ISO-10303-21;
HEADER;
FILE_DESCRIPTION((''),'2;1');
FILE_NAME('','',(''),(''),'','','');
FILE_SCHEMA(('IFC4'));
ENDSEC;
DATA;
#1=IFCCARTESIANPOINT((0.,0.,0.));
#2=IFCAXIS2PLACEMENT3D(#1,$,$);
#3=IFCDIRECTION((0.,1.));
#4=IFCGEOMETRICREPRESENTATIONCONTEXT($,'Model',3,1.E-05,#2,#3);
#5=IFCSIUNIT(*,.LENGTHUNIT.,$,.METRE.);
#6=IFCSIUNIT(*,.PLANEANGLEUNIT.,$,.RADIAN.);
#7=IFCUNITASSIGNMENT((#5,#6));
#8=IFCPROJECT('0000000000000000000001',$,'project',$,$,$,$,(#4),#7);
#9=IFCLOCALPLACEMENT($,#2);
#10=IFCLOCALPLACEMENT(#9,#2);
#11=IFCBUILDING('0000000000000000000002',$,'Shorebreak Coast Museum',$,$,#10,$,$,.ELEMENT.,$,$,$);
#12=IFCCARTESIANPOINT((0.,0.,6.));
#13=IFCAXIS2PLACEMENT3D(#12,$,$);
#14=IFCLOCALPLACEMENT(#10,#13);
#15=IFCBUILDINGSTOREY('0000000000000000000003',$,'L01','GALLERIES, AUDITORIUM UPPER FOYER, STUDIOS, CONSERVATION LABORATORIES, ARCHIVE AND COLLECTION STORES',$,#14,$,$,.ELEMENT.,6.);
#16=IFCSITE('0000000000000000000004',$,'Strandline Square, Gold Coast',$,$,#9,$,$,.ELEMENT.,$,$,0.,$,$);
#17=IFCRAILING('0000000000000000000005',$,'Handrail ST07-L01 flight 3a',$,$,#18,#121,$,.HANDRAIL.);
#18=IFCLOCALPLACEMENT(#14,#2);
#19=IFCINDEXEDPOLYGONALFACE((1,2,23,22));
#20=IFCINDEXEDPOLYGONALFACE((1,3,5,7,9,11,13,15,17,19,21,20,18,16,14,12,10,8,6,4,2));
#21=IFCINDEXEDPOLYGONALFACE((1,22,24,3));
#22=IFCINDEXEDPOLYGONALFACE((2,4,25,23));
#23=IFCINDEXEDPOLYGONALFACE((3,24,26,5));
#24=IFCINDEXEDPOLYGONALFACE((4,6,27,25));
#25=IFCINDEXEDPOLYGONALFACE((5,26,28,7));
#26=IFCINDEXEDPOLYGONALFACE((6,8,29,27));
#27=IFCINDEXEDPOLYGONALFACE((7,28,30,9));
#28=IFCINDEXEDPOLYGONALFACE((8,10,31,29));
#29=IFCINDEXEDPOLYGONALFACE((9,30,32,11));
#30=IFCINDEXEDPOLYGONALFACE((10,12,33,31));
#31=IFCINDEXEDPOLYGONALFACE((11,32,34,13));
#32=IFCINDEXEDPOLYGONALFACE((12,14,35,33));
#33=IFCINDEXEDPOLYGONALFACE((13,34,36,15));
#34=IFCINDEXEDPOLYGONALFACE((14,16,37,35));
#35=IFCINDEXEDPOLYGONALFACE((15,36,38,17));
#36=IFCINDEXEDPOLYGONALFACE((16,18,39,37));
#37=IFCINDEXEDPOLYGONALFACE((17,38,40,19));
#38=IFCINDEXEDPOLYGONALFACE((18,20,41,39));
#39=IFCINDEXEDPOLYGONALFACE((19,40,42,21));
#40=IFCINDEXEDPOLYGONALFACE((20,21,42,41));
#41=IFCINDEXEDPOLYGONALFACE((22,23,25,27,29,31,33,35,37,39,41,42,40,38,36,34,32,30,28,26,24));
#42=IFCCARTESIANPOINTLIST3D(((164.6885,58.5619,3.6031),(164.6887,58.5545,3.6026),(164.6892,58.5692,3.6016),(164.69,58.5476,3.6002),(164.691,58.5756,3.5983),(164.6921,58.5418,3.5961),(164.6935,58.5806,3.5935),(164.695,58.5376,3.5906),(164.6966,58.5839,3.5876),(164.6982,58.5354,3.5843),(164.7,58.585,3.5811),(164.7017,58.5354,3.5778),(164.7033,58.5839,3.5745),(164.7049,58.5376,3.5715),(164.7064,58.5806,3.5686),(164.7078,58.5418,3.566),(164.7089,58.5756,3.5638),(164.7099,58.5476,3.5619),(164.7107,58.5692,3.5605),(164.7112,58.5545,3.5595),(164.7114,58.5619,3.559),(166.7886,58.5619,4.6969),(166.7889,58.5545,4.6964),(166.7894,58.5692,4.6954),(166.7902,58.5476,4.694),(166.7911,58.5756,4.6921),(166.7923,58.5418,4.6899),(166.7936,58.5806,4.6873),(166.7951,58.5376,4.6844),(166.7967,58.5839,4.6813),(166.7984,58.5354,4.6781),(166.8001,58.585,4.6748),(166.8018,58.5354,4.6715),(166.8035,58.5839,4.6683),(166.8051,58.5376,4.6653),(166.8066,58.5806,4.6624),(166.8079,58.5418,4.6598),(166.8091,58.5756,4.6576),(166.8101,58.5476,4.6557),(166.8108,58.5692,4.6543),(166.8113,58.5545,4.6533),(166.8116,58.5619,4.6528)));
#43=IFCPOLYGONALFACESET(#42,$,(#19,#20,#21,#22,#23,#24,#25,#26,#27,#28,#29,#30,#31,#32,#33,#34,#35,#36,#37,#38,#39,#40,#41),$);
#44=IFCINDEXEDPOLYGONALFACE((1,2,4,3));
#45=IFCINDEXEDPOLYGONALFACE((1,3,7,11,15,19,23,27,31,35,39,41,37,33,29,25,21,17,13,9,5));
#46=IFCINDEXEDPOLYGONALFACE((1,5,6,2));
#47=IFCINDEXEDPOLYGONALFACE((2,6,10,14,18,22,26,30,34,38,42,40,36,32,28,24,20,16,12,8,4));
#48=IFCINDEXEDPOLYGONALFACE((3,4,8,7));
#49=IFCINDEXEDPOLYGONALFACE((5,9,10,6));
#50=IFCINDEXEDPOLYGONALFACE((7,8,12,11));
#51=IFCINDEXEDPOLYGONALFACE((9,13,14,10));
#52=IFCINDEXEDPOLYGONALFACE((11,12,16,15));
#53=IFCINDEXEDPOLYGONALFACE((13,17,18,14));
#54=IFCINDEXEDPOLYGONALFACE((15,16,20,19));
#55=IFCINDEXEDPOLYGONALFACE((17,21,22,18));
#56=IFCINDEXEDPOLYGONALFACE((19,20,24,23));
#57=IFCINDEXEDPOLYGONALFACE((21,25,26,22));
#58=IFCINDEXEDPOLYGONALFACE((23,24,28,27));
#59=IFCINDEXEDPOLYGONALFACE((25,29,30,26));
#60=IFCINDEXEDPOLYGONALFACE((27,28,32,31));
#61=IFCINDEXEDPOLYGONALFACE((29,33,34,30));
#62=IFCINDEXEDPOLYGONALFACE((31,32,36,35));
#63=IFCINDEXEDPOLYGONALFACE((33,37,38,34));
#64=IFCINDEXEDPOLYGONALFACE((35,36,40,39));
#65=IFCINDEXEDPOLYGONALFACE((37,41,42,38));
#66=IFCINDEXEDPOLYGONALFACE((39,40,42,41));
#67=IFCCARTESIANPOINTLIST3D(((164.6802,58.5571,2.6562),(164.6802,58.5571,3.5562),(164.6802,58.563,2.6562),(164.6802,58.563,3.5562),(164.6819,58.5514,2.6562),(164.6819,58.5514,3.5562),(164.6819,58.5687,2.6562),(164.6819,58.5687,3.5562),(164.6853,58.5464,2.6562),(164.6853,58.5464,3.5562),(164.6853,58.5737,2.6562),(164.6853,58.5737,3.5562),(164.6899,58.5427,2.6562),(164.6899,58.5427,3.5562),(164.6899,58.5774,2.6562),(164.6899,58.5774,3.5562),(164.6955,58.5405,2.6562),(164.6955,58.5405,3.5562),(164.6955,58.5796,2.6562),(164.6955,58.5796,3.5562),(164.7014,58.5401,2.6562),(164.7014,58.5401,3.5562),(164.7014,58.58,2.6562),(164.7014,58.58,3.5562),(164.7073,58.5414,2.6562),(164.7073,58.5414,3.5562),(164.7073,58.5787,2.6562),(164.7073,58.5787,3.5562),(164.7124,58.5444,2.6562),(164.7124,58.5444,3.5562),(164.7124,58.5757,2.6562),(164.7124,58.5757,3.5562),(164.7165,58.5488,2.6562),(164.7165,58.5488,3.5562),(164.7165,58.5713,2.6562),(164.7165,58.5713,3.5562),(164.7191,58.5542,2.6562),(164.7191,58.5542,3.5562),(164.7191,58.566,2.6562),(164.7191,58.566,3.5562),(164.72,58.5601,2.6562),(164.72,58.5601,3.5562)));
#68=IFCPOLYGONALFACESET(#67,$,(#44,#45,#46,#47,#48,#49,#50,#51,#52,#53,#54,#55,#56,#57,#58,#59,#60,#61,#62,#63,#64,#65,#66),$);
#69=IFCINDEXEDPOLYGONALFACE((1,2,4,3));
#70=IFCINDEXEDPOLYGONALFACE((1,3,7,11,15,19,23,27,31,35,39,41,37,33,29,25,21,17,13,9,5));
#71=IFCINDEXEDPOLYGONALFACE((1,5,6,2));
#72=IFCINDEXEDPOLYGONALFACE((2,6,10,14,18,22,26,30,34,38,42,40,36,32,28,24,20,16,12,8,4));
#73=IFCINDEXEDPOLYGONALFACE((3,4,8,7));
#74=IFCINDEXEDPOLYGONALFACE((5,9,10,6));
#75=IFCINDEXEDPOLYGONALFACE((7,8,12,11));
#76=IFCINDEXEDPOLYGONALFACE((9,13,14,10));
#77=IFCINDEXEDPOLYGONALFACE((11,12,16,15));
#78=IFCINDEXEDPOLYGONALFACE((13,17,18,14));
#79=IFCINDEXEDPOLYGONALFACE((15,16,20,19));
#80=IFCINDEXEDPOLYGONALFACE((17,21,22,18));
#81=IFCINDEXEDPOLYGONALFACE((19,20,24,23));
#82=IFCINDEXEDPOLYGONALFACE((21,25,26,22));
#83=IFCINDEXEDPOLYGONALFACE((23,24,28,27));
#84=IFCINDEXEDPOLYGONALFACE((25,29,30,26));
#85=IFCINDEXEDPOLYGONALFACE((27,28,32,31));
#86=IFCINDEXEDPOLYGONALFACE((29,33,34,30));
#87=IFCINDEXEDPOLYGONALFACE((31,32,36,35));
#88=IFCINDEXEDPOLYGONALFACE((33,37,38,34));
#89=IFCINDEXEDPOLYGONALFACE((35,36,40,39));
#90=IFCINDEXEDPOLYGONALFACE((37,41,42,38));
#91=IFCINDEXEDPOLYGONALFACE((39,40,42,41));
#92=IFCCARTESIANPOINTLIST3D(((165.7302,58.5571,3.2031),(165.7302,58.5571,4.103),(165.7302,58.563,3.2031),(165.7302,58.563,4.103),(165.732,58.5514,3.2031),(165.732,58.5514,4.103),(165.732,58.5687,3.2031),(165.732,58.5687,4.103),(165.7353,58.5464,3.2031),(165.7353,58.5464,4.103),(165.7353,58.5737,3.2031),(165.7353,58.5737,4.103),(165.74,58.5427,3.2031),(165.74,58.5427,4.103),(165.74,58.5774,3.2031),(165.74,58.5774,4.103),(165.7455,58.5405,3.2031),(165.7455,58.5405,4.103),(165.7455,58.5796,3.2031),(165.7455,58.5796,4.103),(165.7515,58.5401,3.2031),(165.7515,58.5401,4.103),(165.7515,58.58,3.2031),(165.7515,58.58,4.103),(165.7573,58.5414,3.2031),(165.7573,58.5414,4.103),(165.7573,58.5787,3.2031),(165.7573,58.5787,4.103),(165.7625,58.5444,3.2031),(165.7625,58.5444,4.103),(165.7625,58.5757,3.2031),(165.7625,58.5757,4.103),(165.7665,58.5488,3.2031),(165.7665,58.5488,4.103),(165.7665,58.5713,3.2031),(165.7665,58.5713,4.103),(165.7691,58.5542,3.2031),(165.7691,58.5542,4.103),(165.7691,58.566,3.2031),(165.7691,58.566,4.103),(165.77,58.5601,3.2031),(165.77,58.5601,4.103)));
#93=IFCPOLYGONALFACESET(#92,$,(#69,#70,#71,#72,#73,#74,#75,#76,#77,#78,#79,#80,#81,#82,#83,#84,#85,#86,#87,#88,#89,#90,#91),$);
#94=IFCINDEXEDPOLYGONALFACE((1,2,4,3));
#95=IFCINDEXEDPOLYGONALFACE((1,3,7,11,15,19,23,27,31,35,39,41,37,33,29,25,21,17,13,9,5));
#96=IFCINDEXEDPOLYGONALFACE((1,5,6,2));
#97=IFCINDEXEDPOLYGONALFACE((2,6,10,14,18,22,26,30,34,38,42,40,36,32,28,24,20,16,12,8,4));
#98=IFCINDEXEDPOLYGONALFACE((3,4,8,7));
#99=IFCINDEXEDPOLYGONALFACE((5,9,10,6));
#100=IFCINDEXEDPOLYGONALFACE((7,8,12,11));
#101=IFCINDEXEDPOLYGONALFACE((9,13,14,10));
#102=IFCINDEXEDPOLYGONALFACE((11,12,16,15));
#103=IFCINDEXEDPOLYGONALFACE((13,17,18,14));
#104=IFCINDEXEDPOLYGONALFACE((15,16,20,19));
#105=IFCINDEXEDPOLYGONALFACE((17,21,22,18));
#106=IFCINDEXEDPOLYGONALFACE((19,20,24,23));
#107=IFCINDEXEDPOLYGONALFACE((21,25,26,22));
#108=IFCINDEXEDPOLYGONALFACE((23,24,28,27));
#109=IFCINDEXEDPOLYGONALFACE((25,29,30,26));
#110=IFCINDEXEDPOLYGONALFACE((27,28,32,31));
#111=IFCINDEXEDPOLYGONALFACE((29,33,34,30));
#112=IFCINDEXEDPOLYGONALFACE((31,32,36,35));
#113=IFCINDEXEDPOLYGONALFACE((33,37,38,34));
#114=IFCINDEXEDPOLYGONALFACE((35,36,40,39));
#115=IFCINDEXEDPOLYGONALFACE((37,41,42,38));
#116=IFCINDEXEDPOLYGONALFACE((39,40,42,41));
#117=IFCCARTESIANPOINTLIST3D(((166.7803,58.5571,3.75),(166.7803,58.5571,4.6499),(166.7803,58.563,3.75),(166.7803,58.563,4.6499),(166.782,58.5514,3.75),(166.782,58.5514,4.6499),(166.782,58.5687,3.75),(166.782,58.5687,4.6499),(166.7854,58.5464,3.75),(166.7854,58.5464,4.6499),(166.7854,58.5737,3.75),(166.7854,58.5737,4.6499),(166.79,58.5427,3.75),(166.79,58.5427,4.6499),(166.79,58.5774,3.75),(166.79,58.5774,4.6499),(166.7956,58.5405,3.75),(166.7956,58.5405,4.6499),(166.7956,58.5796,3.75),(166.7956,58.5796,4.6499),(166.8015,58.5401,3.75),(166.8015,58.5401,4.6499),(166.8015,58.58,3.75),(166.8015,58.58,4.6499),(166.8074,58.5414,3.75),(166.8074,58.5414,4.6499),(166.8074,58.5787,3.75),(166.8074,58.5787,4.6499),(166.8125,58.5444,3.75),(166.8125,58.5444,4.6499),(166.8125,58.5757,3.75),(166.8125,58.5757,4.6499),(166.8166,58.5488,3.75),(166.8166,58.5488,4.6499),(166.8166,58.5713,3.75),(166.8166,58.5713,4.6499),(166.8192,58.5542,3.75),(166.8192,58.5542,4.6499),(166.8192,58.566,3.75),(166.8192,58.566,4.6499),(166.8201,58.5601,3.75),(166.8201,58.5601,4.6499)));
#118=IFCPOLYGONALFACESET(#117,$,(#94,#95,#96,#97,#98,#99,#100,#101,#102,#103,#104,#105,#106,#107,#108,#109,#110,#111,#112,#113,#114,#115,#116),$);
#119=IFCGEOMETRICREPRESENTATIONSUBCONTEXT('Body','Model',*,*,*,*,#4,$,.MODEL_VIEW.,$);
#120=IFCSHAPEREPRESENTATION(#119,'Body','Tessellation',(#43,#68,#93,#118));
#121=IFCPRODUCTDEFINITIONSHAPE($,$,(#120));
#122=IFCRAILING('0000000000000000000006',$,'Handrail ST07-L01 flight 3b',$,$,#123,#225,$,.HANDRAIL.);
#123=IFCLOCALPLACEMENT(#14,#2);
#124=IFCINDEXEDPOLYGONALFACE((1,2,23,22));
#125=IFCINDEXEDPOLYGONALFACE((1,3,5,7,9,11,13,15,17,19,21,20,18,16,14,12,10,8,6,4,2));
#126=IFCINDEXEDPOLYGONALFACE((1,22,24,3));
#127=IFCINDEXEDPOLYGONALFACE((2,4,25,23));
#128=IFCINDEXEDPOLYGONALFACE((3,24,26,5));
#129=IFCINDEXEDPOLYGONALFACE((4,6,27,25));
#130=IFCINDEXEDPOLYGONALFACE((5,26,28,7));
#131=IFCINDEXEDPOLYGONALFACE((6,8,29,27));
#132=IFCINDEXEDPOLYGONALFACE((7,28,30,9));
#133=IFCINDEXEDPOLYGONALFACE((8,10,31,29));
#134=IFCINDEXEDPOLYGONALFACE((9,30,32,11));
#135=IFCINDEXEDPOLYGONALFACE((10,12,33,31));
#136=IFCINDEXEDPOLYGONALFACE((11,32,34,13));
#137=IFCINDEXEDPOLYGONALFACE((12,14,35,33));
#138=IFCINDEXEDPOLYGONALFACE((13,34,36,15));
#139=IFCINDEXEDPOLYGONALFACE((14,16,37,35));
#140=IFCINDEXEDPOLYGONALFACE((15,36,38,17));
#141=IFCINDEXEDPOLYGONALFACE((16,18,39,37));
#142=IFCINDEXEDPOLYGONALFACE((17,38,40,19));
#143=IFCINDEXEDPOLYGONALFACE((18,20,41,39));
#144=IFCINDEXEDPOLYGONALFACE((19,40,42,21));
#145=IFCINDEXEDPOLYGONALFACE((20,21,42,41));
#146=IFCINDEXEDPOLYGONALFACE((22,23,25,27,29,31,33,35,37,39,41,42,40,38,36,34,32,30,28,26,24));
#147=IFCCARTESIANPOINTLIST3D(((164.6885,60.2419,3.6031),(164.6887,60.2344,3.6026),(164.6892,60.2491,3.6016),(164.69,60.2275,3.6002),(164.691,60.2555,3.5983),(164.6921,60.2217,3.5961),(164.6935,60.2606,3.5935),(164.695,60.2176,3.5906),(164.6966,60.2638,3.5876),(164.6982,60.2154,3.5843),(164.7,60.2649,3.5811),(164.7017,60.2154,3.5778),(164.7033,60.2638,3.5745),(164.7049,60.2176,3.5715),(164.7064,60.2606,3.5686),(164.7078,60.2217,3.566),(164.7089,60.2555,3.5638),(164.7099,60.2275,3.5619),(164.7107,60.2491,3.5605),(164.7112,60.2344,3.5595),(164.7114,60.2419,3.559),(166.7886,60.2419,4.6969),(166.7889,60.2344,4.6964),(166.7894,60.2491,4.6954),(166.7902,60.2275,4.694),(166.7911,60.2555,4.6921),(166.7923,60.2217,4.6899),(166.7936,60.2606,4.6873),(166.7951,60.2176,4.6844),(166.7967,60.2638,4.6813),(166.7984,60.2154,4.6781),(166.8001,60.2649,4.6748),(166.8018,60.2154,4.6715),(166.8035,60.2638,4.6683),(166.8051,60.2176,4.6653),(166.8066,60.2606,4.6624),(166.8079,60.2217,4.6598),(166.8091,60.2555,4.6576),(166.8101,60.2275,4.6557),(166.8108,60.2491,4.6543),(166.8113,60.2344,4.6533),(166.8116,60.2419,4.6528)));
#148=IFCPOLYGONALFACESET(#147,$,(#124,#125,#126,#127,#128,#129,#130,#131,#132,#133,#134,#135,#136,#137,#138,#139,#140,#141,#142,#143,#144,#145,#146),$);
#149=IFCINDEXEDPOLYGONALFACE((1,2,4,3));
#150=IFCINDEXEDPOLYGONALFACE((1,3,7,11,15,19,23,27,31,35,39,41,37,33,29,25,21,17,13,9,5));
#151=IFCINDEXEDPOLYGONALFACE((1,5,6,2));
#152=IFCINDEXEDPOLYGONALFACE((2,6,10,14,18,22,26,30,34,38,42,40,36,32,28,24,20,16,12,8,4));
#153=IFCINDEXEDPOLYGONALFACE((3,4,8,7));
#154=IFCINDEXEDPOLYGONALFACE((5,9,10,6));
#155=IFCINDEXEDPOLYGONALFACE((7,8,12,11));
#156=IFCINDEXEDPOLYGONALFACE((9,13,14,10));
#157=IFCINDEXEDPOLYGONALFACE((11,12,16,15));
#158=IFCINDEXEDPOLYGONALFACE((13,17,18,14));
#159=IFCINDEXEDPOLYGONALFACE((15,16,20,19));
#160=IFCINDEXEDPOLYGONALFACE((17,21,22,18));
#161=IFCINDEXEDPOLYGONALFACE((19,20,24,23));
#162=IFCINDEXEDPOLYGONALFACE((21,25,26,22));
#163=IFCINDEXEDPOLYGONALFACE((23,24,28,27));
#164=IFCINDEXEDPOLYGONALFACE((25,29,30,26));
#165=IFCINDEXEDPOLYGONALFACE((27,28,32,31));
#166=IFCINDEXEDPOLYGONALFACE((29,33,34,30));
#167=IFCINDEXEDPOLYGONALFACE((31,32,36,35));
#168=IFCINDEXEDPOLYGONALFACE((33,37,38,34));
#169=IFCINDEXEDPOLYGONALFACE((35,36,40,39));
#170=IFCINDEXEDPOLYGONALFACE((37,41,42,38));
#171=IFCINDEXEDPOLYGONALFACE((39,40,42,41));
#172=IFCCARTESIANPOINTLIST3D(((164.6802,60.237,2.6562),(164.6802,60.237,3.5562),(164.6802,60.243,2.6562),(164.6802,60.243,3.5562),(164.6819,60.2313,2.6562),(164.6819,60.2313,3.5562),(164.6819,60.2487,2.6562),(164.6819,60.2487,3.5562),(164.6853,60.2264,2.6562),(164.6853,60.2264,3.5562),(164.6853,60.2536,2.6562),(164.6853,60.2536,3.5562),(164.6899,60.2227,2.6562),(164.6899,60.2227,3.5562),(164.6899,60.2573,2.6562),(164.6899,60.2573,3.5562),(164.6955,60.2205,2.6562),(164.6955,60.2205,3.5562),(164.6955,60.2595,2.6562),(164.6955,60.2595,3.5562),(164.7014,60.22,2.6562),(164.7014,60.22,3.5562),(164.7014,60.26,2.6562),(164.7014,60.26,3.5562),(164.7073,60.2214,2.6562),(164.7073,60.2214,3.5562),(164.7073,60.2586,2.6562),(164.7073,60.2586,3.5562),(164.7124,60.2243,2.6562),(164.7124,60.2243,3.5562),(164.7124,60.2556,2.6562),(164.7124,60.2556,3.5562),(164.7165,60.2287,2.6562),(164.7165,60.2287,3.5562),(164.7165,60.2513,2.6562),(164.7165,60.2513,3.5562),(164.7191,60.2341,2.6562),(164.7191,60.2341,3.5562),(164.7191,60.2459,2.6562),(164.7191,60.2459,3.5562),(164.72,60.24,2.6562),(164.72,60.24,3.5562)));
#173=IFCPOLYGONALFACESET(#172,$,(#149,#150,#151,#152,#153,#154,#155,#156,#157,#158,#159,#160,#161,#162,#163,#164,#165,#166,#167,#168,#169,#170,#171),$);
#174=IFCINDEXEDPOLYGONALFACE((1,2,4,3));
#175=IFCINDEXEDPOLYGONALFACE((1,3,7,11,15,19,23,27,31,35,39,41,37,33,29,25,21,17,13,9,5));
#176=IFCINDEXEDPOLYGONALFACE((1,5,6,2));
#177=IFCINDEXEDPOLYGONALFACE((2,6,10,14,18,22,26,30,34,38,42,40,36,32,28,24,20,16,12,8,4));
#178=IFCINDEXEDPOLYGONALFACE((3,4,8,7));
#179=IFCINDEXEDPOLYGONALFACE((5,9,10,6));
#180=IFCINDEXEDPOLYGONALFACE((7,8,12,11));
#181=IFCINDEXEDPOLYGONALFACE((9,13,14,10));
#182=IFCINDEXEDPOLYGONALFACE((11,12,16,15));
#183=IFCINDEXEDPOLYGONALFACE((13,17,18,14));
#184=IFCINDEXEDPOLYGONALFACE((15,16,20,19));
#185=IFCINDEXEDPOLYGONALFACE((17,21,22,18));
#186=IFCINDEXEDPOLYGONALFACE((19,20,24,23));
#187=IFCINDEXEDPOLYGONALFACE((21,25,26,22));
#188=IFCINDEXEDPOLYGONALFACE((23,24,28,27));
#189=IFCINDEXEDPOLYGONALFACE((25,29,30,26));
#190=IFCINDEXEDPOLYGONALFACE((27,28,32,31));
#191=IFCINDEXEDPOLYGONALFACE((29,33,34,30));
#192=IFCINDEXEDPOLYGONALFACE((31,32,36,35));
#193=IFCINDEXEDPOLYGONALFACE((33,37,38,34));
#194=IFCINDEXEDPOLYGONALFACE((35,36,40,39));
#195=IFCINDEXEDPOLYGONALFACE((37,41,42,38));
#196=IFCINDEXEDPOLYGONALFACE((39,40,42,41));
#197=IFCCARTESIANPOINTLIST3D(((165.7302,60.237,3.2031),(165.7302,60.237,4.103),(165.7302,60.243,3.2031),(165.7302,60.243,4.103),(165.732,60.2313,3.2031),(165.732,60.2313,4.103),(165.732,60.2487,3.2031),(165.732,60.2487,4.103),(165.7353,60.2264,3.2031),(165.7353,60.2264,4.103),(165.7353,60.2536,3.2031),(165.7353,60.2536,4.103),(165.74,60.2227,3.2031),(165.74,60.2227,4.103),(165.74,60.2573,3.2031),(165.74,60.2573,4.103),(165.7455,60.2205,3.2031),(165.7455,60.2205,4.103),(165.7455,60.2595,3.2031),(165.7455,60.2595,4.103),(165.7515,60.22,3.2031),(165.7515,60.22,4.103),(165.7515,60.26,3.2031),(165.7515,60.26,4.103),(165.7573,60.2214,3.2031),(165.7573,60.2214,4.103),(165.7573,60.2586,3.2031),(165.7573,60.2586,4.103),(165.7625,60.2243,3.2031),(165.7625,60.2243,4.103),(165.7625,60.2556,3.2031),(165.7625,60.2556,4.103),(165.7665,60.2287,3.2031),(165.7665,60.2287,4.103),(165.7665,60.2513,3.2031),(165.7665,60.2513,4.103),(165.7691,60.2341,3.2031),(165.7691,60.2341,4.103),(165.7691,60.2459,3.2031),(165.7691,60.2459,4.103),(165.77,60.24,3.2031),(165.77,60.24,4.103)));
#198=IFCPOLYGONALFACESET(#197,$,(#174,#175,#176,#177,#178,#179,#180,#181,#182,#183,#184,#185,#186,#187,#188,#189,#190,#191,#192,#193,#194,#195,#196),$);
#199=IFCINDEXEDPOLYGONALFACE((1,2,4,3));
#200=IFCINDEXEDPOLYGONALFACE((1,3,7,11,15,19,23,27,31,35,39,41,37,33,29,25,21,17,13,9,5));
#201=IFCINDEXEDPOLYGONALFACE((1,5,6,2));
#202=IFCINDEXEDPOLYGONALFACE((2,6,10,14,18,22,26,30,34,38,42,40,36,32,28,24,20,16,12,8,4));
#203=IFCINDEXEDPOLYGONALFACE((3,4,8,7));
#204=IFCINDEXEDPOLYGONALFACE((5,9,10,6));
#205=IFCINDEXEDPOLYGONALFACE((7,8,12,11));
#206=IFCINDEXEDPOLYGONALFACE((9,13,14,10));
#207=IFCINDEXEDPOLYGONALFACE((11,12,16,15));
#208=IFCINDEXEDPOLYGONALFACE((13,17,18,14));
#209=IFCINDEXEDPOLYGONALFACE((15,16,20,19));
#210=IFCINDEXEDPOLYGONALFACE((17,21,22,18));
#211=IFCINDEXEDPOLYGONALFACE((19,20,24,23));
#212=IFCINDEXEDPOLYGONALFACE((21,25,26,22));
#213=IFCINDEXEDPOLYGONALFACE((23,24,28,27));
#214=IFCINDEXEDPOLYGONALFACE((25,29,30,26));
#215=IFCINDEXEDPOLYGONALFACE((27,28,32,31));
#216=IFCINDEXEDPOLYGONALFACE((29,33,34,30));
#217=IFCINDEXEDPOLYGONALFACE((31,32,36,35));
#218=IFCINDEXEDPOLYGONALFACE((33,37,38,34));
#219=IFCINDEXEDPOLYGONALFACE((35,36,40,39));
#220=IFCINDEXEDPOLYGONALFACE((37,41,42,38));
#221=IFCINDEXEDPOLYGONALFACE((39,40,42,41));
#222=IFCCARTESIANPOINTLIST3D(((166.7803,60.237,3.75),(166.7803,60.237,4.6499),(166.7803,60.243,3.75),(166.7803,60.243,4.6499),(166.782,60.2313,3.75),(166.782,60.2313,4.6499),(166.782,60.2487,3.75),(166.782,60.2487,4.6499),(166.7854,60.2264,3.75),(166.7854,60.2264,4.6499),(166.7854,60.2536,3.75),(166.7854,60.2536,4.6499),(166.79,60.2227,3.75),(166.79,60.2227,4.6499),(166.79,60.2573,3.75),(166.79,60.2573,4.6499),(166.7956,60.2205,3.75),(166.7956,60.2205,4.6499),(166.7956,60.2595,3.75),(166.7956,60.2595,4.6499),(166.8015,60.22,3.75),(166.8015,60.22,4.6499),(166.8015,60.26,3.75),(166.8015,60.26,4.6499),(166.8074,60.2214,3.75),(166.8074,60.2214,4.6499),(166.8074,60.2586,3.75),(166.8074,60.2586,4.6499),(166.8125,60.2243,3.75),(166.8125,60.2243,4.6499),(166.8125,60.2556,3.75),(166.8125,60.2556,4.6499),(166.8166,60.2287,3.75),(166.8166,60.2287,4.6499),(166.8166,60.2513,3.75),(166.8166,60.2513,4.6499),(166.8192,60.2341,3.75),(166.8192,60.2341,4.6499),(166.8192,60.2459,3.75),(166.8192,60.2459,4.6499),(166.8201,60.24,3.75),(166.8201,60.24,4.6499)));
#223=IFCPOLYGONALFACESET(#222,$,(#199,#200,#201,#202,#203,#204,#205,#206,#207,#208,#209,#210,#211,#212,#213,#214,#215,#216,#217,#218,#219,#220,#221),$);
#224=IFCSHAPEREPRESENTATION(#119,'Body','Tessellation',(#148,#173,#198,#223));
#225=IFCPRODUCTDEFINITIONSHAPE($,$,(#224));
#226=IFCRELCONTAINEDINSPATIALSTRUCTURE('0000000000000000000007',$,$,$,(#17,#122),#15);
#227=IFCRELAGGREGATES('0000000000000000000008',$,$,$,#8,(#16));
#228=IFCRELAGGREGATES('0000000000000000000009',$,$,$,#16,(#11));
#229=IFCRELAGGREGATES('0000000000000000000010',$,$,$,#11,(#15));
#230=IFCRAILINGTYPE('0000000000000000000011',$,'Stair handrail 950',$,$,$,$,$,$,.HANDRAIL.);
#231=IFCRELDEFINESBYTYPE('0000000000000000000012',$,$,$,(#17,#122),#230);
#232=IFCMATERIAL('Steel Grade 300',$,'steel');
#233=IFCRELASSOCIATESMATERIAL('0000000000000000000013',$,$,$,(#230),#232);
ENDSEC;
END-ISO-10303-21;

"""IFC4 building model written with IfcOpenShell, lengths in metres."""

from ifc_helpers import new_model, si_unit, direction, frame, origin, origin_2d, place, context, subcontext, project, spatial, circle, extrude, material, type_object, element, save


model = new_model("IFC4")

# Units and contexts
model_context = context("Model", 3, precision=1e-05, world=origin(), true_north=direction((0.0, 1.0)))
body_context = subcontext(model_context, "Body", "Model", "MODEL_VIEW")
ifc_project = project(units=[si_unit("LENGTHUNIT", "METRE"), si_unit("PLANEANGLEUNIT", "RADIAN")], contexts=[model_context])

# Site, building, storey
site_placement = place(None, origin())
site = spatial("IfcSite", under=ifc_project, at=site_placement, Name="Strandline Square, Gold Coast", CompositionType="ELEMENT", RefElevation=0.0)
building_placement = place(site_placement, origin())
building = spatial("IfcBuilding", under=site, at=building_placement, Name="Shorebreak Coast Museum", CompositionType="ELEMENT")
storey_placement = place(building_placement, frame((0.0, 0.0, 6.0)))
storey = spatial("IfcBuildingStorey", under=building, at=storey_placement, Name="L01", Description="GALLERIES, AUDITORIUM UPPER FOYER, STUDIOS, CONSERVATION LABORATORIES, ARCHIVE AND COLLECTION STORES", CompositionType="ELEMENT", Elevation=6.0)

# Railings
ifc_material_1 = material(Name="Steel Grade 300", Category="steel")
railing_type_1 = type_object("IfcRailingType", Name="Stair handrail 950", PredefinedType="HANDRAIL", material=ifc_material_1)
for number, where, name in (
    (1, (164.7, 58.5601, 2.6562), "Handrail ST07-L01 flight 3a"),
    (2, (164.7, 60.24, 2.6562), "Handrail ST07-L01 flight 3b"),
):
    element("IfcRailing", number, at=place(storey_placement, frame(where)), inside=storey, type_object=railing_type_1, Name=name, PredefinedType="HANDRAIL", context=body_context, shape_type="SweptSolid", body=[
        extrude(circle(Radius=0.0249, at=origin_2d()), frame((0.0, 0.0, 0.9248), z_axis=(0.886923, 0.0, 0.461918), x_axis=(0.0, 1.0, 0.0)), (0.0, 0.0, 1.0), 2.3679),
        extrude(circle(Radius=0.02, at=origin_2d()), origin(), (0.0, 0.0, 1.0), 0.8999),
        extrude(circle(Radius=0.02, at=origin_2d()), frame((1.05, 0.0, 0.5469)), (0.0, 0.0, 1.0), 0.8999),
        extrude(circle(Radius=0.02, at=origin_2d()), frame((2.1001, 0.0, 1.0938)), (0.0, 0.0, 1.0), 0.8999),
    ])

save(model, "model.ifc")
